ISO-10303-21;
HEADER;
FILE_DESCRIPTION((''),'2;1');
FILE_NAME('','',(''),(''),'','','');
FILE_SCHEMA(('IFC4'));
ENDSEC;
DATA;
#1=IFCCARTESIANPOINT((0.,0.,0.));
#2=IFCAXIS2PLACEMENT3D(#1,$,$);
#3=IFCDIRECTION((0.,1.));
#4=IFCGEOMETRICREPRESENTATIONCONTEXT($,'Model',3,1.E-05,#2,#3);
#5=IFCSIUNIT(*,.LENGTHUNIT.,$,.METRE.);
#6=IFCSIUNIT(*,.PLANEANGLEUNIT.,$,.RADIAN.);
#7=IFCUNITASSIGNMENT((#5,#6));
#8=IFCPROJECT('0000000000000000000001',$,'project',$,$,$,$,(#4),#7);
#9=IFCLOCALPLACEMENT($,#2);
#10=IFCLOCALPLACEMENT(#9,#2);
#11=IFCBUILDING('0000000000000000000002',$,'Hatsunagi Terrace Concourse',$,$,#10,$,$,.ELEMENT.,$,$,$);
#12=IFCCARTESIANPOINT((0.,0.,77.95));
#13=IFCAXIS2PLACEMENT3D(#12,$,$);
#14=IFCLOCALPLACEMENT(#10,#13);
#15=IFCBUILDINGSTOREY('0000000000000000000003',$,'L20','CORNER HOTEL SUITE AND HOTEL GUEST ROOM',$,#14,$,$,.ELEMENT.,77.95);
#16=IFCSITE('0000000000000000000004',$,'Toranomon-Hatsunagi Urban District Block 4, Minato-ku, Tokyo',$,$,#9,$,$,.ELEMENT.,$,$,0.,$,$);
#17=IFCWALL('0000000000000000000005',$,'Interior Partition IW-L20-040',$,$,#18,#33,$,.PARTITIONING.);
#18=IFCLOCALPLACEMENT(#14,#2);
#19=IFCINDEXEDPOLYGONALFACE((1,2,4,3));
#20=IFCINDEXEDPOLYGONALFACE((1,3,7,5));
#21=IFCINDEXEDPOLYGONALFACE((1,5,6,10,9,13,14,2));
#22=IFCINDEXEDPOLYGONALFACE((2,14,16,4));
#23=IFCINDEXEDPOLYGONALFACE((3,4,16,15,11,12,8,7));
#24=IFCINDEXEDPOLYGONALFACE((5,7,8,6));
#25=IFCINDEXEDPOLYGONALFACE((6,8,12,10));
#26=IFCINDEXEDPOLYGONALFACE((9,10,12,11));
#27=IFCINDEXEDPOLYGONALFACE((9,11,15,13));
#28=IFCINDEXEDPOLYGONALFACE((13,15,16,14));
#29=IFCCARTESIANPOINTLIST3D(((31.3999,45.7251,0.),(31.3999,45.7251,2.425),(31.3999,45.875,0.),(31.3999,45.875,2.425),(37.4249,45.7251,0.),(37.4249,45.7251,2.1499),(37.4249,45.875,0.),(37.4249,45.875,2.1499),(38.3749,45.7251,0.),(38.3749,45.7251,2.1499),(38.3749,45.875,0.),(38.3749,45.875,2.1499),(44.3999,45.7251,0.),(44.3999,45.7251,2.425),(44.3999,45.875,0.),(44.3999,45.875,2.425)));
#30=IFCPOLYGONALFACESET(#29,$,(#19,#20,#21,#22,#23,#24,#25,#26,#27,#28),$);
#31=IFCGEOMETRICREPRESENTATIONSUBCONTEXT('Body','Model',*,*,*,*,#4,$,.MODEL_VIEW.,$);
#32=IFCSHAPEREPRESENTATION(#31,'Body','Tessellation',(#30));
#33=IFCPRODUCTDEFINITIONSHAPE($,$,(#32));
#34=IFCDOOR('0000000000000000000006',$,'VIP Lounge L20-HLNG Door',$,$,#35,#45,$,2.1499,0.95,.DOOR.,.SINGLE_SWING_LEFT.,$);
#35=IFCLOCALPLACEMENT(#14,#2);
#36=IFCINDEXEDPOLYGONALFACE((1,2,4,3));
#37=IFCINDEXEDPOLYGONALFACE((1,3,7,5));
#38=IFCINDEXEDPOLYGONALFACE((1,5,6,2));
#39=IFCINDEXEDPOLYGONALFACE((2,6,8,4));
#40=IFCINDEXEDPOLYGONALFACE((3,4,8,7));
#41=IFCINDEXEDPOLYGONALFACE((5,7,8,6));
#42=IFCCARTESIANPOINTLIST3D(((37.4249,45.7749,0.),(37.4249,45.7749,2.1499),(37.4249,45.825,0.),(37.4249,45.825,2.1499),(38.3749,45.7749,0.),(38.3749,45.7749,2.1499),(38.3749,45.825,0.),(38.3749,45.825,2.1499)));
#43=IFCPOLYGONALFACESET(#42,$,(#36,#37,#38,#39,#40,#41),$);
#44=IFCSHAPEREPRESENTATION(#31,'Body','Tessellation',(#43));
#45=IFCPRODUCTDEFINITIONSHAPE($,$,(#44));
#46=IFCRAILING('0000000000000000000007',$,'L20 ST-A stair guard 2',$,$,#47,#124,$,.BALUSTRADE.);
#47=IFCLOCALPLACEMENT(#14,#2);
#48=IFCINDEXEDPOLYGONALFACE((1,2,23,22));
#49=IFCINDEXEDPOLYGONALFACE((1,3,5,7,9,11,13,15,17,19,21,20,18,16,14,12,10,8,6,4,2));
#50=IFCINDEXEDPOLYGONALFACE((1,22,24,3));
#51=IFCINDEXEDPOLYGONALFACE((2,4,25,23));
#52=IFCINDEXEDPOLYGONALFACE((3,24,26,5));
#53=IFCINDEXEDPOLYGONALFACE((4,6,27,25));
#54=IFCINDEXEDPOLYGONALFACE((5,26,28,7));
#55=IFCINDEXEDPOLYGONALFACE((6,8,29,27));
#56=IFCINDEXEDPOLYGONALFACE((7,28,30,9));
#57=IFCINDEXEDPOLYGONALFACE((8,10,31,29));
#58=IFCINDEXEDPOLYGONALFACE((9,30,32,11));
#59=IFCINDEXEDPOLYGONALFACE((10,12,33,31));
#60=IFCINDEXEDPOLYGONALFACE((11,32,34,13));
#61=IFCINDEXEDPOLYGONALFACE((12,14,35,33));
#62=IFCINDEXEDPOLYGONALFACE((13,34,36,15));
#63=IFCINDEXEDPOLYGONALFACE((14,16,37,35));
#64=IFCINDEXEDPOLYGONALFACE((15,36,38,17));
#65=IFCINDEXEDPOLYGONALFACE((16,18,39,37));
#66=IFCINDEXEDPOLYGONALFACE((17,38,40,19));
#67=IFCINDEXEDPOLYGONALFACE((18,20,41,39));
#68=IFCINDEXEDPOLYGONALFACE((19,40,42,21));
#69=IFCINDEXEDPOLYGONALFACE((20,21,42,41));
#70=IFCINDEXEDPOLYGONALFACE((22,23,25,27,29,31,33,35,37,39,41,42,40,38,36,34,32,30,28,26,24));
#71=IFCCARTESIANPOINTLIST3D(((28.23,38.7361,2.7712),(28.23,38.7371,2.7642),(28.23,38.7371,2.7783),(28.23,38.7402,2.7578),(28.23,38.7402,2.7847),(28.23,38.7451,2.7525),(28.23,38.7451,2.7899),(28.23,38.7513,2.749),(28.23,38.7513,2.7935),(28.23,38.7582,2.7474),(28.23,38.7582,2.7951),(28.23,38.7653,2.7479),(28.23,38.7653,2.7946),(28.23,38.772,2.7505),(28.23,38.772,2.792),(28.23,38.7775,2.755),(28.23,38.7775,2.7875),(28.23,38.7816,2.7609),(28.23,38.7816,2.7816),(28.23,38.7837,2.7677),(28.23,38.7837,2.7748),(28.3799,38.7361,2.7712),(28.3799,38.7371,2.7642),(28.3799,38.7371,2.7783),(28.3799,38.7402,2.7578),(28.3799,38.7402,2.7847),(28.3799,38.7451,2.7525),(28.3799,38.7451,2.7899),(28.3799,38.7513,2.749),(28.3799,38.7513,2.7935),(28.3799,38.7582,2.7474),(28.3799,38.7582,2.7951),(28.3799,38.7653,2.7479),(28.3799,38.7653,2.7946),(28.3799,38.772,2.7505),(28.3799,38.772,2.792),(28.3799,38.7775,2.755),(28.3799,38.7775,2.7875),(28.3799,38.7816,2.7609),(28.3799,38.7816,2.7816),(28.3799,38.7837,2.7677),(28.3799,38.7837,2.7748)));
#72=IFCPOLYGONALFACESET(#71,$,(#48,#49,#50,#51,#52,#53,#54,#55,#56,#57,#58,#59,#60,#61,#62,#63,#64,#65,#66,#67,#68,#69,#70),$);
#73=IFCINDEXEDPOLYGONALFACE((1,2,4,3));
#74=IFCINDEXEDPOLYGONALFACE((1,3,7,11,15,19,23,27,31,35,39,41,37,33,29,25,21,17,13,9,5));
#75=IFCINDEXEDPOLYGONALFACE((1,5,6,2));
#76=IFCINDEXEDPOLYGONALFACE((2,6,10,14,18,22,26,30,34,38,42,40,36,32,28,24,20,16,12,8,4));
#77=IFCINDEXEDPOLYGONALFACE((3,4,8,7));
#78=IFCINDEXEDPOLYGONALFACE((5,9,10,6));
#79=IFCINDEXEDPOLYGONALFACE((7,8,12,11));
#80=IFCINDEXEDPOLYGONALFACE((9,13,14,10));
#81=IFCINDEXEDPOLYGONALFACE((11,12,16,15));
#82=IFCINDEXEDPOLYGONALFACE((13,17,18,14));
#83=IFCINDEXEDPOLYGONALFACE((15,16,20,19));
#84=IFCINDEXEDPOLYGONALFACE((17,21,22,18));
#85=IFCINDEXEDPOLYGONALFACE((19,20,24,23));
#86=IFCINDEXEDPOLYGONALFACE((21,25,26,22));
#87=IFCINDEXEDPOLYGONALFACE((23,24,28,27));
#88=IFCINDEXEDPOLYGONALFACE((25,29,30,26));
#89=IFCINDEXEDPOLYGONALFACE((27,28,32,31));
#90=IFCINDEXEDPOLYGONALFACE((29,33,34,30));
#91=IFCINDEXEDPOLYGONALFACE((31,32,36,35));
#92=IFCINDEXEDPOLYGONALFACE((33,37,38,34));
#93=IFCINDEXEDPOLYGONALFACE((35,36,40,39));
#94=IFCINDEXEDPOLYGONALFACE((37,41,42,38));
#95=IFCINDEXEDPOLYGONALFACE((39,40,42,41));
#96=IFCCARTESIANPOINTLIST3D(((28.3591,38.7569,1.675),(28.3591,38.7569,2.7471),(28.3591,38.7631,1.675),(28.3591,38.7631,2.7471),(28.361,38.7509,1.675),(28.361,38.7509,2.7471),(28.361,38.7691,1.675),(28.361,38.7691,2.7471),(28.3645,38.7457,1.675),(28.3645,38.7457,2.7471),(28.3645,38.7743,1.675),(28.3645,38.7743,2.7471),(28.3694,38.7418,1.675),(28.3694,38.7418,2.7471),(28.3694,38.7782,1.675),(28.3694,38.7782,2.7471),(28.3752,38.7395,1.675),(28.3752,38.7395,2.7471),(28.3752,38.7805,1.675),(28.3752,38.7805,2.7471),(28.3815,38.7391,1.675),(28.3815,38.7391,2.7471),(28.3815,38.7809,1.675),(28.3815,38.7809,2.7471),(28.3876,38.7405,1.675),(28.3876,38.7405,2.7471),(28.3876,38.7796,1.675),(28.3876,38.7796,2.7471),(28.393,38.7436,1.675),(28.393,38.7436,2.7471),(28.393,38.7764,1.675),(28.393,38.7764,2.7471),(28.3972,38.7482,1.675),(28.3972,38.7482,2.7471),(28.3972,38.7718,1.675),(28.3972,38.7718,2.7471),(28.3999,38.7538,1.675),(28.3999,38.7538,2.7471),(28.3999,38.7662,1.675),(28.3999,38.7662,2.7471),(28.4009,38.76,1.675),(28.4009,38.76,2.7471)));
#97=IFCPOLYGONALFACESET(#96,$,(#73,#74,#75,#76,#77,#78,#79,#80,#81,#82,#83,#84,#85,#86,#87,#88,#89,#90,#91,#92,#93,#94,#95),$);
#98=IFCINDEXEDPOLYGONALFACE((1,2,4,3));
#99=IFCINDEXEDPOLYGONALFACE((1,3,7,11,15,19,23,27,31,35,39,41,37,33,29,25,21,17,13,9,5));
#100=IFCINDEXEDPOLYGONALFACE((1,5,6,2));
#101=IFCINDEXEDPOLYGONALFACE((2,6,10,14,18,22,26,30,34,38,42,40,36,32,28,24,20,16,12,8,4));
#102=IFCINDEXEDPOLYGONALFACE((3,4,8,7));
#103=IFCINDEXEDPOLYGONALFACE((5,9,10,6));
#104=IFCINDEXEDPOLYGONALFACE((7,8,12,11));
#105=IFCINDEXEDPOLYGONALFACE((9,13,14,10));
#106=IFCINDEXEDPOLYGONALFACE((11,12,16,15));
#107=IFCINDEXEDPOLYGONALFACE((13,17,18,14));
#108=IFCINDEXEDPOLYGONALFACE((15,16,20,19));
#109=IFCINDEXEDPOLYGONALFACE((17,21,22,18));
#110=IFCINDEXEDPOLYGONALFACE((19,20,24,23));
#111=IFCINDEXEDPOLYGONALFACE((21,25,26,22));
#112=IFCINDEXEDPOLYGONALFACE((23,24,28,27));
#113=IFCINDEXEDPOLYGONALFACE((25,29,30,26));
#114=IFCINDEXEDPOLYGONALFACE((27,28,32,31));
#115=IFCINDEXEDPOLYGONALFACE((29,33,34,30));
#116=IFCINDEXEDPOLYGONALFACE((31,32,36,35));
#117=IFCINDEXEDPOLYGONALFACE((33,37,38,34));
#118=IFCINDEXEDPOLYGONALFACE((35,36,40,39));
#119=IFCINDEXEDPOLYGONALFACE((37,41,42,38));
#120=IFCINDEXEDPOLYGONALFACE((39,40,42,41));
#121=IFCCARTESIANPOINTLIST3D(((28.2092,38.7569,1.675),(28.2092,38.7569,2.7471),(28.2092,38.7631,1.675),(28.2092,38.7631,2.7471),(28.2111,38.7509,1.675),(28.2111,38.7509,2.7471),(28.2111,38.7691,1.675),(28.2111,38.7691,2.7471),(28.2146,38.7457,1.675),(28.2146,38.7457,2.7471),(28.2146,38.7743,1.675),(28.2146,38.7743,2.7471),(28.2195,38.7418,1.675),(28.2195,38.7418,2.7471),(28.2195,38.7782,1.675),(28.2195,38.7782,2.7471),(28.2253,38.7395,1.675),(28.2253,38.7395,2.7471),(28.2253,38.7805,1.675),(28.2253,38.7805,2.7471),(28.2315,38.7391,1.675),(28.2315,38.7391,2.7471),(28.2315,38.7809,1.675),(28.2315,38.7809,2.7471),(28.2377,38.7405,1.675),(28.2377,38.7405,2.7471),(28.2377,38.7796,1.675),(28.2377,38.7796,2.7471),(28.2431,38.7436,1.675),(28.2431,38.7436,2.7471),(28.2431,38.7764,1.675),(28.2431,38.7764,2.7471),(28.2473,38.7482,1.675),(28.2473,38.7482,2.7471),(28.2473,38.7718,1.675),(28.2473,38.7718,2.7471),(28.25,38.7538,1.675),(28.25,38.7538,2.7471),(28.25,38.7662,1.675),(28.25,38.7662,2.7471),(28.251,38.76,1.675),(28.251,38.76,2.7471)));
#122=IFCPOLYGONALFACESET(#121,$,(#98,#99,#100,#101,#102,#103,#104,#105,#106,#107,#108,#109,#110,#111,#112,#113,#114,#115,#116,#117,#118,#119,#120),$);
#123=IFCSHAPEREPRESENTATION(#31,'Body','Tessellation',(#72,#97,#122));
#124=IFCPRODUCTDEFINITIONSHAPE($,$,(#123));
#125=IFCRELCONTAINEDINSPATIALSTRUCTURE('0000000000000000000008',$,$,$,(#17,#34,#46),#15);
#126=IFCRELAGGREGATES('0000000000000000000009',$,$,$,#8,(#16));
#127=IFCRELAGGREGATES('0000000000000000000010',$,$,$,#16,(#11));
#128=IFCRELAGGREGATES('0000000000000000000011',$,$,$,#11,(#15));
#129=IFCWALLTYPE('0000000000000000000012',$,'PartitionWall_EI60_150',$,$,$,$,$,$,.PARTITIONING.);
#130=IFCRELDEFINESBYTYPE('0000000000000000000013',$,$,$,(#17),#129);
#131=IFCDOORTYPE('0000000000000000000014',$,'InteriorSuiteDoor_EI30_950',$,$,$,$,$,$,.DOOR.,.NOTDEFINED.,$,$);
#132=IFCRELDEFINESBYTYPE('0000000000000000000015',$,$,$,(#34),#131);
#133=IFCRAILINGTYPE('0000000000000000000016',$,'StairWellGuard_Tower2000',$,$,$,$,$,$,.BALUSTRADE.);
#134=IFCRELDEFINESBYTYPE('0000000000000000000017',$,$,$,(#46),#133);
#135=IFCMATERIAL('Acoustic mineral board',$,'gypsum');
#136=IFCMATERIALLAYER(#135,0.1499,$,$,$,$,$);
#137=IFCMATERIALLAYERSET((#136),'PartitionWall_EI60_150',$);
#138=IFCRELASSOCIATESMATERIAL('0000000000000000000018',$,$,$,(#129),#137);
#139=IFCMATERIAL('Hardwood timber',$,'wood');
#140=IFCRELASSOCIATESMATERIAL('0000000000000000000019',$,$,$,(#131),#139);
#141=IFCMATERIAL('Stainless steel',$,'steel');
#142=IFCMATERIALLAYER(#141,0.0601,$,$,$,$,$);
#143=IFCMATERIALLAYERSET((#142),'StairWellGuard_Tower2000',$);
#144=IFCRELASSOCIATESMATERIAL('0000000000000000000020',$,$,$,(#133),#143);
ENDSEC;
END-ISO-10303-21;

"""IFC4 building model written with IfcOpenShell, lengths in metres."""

from ifc_helpers import new_model, si_unit, direction, frame, frame_2d, origin, origin_2d, place, context, subcontext, project, spatial, rectangle, circle, extrude, material, layer, layer_set, type_object, element, fill, save


model = new_model("IFC4")

# Units and contexts
model_context = context("Model", 3, precision=1e-05, world=origin(), true_north=direction((0.0, 1.0)))
body_context = subcontext(model_context, "Body", "Model", "MODEL_VIEW")
ifc_project = project(units=[si_unit("LENGTHUNIT", "METRE"), si_unit("PLANEANGLEUNIT", "RADIAN")], contexts=[model_context])

# Site, building, storey
site_placement = place(None, origin())
site = spatial("IfcSite", under=ifc_project, at=site_placement, Name="Toranomon-Hatsunagi Urban District Block 4, Minato-ku, Tokyo", CompositionType="ELEMENT", RefElevation=0.0)
building_placement = place(site_placement, origin())
building = spatial("IfcBuilding", under=site, at=building_placement, Name="Hatsunagi Terrace Concourse", CompositionType="ELEMENT")
storey_placement = place(building_placement, frame((0.0, 0.0, 77.95)))
storey = spatial("IfcBuildingStorey", under=building, at=storey_placement, Name="L20", Description="CORNER HOTEL SUITE AND HOTEL GUEST ROOM", CompositionType="ELEMENT", Elevation=77.95)

# Shared definitions
ifc_material_1 = material(Name="Acoustic mineral board", Category="gypsum")
ifc_layer_1 = layer(ifc_material_1, 0.1499)
ifc_layer_set_1 = layer_set([ifc_layer_1], Name="PartitionWall_EI60_150")
wall_type_1 = type_object("IfcWallType", Name="PartitionWall_EI60_150", PredefinedType="PARTITIONING", material=ifc_layer_set_1)

# Shared definitions
ifc_material_2 = material(Name="Hardwood timber", Category="wood")
door_type = type_object("IfcDoorType", Name="InteriorSuiteDoor_EI30_950", OperationType="NOTDEFINED", PredefinedType="DOOR", material=ifc_material_2)

# Wall, opening, door
wall_1_placement = place(storey_placement, frame((31.3999, 45.8, 0.0), z_axis=(0.0, 0.0, 1.0), x_axis=(1.0, 0.0, 0.0)))
wall_1 = element("IfcWall", 1, at=wall_1_placement, inside=storey, type_object=wall_type_1, Name="Interior Partition IW-L20-040", PredefinedType="PARTITIONING", context=body_context, shape_type="SweptSolid", body=[
    extrude(rectangle(XDim=13.0, YDim=0.1499, at=frame_2d((6.5, 0.0))), origin(), (0.0, 0.0, 1.0), 2.425),
])
opening_1_placement = place(wall_1_placement, frame((6.0249, 0.0, 0.0)))
opening_1 = element("IfcOpeningElement", 2, at=opening_1_placement, cuts=wall_1, PredefinedType="OPENING", context=body_context, shape_type="SweptSolid", body=[
    extrude(rectangle(XDim=0.95, YDim=2.1499, at=frame_2d((0.4751, 1.075))), frame((0.0, 0.085, 0.0), z_axis=(0.0, -1.0, 0.0), x_axis=(1.0, 0.0, 0.0)), (0.0, 0.0, 1.0), 0.1699),
])
door_1_placement = place(opening_1_placement, origin())
door_1 = element("IfcDoor", 3, at=door_1_placement, inside=storey, type_object=door_type, Name="VIP Lounge L20-HLNG Door", OperationType="SINGLE_SWING_LEFT", OverallHeight=2.1499, OverallWidth=0.95, PredefinedType="DOOR", context=body_context, shape_type="SweptSolid", body=[
    extrude(rectangle(XDim=0.95, YDim=2.1499, at=frame_2d((0.4751, 1.075))), frame((0.0, 0.0249, 0.0), z_axis=(0.0, -1.0, 0.0), x_axis=(1.0, 0.0, 0.0)), (0.0, 0.0, 1.0), 0.05),
])
fill(opening_1, door_1)

# Railing
ifc_material_3 = material(Name="Stainless steel", Category="steel")
ifc_layer_2 = layer(ifc_material_3, 0.0601)
ifc_layer_set_2 = layer_set([ifc_layer_2], Name="StairWellGuard_Tower2000")
railing_type = type_object("IfcRailingType", Name="StairWellGuard_Tower2000", PredefinedType="BALUSTRADE", material=ifc_layer_set_2)
railing_placement = place(storey_placement, frame((28.3799, 38.76, 1.675)))
element("IfcRailing", 4, at=railing_placement, inside=storey, type_object=railing_type, Name="L20 ST-A stair guard 2", PredefinedType="BALUSTRADE", context=body_context, shape_type="SweptSolid", body=[
    extrude(circle(Radius=0.0239, at=origin_2d()), frame((0.0, 0.0, 1.0962), z_axis=(-1.0, 0.0, 0.0), x_axis=(0.0, -1.0, 0.0)), (0.0, 0.0, 1.0), 0.1499),
    extrude(circle(Radius=0.021, at=origin_2d()), origin(), (0.0, 0.0, 1.0), 1.072),
    extrude(circle(Radius=0.021, at=origin_2d()), frame((-0.1499, 0.0, 0.0)), (0.0, 0.0, 1.0), 1.072),
])

save(model, "model.ifc")
